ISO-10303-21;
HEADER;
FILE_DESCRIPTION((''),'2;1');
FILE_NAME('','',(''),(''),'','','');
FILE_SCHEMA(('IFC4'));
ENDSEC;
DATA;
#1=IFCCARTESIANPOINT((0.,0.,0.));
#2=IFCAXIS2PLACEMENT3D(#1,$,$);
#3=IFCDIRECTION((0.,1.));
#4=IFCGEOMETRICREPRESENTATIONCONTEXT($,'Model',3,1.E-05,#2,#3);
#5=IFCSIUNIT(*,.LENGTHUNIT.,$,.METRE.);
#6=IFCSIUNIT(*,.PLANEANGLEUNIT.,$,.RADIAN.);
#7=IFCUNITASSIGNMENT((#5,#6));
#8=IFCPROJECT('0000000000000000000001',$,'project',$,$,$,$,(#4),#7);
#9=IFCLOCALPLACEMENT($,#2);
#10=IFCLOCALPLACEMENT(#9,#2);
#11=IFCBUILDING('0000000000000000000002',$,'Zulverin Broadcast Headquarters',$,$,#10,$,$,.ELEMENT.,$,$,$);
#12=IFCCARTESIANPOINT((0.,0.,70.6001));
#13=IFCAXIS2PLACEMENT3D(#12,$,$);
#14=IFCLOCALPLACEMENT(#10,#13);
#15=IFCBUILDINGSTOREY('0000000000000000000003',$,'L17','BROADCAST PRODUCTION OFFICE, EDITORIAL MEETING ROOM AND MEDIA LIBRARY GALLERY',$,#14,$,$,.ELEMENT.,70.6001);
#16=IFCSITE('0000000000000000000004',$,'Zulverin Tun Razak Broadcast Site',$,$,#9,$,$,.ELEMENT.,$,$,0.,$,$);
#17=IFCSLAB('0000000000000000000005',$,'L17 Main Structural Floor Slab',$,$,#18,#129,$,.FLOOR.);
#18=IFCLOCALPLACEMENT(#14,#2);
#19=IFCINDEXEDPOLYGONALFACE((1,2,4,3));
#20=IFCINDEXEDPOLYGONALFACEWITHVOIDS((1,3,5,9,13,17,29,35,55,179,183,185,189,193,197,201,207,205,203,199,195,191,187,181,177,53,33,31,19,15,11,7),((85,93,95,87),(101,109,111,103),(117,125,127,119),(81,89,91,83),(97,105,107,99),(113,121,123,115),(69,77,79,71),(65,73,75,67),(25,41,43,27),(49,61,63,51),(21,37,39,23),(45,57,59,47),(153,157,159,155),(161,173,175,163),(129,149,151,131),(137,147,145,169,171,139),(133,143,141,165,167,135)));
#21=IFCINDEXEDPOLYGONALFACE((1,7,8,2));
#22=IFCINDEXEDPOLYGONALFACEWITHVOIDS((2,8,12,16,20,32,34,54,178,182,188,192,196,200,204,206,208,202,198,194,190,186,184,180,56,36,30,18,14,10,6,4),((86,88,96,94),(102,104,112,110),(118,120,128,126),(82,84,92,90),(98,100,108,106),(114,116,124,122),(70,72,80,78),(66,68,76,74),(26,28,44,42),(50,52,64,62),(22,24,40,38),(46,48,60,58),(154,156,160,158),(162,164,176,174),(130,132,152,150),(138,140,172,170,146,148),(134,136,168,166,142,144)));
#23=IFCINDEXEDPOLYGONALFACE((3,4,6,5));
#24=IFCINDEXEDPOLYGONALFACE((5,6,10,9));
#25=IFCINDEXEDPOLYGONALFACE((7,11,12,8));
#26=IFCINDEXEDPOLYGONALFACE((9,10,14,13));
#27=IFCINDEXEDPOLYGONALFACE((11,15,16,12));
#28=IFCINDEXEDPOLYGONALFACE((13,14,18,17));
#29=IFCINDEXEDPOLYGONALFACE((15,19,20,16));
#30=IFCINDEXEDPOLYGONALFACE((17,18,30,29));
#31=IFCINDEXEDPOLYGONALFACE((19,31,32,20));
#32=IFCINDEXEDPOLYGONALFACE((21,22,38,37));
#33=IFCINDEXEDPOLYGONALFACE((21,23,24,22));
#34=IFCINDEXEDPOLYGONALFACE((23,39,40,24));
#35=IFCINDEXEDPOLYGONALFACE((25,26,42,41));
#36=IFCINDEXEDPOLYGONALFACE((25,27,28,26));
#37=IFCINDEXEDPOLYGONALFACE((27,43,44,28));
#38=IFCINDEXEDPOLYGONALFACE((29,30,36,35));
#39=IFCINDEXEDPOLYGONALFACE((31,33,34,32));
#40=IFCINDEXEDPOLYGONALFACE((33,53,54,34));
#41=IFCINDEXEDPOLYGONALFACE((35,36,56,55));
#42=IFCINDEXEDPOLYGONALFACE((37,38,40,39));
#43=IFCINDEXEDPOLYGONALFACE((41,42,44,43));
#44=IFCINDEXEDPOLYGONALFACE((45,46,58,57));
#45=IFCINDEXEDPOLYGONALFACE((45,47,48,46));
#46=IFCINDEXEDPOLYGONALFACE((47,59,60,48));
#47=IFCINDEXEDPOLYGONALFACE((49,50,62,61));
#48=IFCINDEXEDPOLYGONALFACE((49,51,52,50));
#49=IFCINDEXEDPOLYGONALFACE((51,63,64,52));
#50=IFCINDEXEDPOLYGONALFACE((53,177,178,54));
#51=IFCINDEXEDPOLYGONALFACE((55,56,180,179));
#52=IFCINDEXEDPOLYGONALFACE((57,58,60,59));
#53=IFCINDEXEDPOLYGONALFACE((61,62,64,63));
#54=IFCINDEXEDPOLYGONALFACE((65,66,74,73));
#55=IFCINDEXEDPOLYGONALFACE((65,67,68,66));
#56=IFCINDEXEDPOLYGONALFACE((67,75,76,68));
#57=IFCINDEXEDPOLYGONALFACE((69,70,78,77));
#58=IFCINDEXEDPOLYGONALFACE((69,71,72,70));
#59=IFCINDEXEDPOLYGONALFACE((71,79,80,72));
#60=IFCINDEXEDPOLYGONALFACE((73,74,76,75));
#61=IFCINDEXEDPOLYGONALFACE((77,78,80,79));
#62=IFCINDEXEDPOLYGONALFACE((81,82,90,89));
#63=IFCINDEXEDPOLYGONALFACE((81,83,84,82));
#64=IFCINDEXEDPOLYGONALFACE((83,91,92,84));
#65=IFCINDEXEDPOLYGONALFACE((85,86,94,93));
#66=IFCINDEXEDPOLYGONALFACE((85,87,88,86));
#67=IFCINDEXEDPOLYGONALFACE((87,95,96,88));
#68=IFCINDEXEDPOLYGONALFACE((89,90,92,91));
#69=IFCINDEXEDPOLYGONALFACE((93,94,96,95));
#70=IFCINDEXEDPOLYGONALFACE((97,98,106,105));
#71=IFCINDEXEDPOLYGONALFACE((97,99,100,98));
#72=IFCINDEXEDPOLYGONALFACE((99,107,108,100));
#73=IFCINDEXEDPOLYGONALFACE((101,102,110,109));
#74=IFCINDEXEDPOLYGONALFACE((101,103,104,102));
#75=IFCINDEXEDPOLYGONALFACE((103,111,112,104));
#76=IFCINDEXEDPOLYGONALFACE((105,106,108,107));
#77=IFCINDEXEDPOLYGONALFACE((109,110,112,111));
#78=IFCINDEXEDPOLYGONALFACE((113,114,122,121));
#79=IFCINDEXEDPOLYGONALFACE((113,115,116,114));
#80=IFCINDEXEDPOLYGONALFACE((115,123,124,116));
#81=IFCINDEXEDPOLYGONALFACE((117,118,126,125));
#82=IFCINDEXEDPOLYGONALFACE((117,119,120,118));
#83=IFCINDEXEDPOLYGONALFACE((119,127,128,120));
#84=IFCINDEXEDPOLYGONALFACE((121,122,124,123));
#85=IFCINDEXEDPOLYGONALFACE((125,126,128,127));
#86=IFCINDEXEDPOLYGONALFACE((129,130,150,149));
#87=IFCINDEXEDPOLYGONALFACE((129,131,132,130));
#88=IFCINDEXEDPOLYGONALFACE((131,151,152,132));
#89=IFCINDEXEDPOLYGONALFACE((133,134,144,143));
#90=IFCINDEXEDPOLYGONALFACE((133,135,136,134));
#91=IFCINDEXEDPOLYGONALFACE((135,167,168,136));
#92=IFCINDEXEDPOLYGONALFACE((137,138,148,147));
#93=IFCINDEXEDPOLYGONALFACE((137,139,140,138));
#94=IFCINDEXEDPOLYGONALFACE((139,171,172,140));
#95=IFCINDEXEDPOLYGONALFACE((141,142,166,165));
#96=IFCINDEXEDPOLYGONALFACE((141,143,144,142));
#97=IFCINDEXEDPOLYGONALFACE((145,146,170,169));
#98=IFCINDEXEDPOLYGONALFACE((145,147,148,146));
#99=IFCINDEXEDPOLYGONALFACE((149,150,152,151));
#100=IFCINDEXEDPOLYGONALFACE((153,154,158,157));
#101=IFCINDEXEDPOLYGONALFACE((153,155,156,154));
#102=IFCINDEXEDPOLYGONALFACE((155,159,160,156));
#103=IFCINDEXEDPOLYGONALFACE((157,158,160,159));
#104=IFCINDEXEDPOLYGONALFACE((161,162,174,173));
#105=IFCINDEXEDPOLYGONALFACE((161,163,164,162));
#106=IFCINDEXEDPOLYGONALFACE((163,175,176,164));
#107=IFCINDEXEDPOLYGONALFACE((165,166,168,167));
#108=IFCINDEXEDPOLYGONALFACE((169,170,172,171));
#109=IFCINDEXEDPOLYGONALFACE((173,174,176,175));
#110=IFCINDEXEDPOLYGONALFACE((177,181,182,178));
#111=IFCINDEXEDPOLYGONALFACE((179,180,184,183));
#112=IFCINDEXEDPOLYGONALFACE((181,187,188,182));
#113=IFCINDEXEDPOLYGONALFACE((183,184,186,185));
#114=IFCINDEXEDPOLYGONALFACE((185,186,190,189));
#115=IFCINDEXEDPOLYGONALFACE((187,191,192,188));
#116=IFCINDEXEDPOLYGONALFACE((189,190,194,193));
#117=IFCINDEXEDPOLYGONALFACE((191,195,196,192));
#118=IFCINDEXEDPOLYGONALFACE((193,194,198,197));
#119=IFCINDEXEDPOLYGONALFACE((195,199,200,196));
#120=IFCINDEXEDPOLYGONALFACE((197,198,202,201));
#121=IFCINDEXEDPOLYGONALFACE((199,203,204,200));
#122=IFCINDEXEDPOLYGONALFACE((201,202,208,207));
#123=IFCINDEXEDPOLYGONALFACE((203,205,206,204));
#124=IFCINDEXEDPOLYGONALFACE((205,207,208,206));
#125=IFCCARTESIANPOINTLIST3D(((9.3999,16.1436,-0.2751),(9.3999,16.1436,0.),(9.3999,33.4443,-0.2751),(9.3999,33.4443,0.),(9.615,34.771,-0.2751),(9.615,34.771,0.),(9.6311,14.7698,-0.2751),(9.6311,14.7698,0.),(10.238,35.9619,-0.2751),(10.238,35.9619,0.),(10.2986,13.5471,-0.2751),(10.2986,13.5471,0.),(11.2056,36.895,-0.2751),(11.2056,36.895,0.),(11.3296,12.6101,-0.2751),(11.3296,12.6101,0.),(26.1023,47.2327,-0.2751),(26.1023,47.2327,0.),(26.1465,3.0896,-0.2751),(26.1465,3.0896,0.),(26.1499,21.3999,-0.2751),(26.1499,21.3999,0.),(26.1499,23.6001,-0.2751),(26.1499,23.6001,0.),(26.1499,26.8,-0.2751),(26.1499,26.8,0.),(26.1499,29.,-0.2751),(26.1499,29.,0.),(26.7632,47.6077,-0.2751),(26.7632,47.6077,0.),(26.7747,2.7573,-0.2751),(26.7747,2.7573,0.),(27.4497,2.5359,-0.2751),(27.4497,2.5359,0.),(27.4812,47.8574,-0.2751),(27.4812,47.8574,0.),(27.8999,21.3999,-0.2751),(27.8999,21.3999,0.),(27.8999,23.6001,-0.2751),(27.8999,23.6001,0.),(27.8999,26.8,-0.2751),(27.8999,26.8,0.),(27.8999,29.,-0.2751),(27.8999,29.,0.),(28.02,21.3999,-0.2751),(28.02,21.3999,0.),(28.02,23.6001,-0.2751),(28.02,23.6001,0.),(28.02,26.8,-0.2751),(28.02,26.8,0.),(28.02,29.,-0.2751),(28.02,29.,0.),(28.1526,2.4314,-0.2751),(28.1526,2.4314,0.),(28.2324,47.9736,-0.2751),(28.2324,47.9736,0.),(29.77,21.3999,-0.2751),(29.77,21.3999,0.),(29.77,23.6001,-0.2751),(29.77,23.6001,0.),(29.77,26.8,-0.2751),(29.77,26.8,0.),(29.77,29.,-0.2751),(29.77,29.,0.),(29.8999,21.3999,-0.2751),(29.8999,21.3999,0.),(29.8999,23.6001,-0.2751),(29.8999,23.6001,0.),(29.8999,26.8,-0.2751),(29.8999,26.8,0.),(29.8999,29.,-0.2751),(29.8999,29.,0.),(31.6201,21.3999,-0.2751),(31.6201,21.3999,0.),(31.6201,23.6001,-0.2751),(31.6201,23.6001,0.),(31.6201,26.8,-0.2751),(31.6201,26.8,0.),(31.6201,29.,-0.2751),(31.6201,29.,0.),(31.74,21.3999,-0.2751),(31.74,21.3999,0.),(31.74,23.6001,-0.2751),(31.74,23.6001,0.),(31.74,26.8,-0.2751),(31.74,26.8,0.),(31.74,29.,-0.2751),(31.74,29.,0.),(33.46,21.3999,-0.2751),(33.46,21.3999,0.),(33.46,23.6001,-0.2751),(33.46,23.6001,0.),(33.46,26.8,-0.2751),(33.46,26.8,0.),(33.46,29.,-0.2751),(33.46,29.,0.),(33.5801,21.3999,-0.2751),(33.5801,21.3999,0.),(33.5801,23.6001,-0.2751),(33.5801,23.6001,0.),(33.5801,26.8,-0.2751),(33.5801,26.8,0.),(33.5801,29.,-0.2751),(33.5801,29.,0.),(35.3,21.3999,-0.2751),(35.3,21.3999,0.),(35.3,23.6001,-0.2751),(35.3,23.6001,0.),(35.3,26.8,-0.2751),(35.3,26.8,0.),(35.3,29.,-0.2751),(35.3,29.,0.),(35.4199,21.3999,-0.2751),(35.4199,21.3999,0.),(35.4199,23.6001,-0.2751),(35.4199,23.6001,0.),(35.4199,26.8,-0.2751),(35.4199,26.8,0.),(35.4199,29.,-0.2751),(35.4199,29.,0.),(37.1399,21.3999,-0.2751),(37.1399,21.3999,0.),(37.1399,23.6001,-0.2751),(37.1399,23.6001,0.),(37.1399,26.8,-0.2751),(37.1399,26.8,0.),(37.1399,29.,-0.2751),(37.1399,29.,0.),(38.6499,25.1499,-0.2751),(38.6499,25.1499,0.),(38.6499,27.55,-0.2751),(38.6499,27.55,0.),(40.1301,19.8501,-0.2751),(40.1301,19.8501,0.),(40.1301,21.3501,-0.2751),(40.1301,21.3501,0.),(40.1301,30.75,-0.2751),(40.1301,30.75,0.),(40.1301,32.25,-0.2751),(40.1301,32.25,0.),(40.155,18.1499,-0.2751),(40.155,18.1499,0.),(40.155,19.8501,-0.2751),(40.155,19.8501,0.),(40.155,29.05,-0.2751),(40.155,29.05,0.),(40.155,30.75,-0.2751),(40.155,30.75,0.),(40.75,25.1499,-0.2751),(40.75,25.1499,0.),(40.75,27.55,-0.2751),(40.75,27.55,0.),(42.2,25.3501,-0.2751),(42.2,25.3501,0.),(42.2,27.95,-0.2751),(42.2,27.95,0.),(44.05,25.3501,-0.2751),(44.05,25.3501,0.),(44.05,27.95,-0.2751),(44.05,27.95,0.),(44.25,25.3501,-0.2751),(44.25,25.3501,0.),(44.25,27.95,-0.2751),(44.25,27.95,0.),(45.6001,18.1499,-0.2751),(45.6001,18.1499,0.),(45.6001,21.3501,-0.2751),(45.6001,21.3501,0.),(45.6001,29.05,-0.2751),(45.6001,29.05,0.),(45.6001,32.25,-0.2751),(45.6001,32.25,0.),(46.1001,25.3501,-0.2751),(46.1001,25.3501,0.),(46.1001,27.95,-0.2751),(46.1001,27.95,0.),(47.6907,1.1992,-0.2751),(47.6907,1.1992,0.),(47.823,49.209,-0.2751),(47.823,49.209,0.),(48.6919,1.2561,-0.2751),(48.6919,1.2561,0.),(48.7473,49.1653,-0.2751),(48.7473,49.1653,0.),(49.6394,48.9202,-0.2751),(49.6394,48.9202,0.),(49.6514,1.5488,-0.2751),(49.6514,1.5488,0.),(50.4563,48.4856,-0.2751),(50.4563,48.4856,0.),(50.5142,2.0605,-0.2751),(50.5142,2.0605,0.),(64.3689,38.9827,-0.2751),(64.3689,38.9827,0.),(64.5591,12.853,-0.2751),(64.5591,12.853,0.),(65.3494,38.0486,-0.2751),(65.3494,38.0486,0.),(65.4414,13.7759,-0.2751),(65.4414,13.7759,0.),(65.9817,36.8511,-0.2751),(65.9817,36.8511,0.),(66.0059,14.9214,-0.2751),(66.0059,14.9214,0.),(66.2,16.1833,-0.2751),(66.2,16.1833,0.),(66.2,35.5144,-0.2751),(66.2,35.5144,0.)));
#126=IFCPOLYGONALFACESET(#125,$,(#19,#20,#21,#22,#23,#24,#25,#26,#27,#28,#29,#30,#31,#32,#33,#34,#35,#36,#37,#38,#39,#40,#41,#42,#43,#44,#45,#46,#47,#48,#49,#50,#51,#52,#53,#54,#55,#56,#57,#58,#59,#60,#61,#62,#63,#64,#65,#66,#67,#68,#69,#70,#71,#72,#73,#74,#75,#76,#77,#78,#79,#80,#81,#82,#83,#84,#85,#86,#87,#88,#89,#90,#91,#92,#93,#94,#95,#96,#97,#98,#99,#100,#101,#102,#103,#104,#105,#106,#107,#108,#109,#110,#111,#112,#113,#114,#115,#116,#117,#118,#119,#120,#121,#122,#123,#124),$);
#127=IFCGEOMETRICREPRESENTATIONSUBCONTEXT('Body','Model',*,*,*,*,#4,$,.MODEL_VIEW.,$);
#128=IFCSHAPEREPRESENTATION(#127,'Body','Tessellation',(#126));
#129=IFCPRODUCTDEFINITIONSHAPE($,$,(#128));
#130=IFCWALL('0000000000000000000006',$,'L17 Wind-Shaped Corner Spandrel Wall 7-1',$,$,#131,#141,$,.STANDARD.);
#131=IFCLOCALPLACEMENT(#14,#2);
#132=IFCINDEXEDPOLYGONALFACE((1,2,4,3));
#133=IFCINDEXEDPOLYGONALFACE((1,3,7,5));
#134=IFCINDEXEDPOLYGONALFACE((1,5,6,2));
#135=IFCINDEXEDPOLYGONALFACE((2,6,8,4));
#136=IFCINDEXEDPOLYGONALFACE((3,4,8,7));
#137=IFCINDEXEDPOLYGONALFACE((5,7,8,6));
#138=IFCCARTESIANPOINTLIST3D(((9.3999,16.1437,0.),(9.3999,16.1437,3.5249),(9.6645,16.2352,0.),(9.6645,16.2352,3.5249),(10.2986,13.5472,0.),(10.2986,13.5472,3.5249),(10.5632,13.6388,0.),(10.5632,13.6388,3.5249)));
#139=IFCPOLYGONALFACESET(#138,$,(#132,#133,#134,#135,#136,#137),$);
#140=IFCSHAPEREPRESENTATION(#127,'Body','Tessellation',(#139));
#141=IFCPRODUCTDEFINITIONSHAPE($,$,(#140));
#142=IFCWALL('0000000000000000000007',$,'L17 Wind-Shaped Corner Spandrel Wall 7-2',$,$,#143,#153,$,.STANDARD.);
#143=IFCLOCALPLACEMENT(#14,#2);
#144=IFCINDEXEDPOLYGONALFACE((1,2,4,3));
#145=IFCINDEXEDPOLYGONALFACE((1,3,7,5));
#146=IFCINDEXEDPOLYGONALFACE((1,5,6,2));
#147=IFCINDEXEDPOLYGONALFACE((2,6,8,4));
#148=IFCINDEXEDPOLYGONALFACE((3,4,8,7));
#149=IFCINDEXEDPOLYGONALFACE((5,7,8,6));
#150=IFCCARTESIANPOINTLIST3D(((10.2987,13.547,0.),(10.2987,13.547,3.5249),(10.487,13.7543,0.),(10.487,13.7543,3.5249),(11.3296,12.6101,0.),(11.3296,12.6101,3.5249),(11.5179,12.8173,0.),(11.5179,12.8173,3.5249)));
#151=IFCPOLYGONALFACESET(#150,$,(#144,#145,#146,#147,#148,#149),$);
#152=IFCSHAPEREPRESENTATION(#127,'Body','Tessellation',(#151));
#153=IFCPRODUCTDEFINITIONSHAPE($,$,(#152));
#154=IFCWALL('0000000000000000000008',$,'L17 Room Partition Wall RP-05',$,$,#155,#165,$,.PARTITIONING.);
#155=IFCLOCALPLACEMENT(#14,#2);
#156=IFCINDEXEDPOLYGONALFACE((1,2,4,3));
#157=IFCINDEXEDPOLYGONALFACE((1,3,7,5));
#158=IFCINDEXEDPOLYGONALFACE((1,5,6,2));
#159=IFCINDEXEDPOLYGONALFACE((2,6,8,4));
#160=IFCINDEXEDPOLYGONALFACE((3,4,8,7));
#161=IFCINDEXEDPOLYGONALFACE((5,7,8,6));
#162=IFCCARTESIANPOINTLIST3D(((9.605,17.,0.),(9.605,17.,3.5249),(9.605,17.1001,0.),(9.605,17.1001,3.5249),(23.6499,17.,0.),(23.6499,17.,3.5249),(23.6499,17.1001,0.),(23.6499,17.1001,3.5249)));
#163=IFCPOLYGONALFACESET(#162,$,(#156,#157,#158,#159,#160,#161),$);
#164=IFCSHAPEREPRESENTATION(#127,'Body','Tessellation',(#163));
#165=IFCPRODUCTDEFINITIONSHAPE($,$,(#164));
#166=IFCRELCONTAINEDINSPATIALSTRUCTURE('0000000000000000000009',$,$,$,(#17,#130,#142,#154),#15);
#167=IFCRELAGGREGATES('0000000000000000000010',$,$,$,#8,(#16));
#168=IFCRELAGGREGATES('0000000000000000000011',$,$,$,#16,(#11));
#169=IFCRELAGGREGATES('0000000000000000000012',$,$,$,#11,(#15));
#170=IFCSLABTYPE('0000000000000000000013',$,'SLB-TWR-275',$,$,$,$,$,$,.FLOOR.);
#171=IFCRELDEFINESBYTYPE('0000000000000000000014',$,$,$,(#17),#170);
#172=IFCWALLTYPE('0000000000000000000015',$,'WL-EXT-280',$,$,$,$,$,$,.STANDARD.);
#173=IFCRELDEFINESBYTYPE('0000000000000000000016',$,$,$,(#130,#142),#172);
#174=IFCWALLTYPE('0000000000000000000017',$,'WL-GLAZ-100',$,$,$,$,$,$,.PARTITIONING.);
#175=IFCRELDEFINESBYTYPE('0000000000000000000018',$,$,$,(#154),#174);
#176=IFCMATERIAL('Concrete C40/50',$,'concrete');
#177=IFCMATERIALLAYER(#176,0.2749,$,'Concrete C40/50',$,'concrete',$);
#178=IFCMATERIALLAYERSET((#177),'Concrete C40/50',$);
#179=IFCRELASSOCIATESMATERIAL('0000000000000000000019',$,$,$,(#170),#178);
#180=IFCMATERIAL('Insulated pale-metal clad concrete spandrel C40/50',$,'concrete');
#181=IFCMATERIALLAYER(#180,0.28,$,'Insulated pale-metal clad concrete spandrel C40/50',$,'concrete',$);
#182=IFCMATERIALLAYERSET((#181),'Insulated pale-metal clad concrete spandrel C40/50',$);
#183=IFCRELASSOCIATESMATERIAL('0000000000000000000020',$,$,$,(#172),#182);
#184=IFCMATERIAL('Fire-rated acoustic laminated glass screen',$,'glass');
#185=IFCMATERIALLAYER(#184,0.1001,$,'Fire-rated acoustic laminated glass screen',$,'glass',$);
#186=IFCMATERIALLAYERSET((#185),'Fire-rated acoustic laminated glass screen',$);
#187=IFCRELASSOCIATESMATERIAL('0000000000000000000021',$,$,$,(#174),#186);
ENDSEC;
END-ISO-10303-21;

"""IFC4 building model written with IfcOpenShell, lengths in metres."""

from ifc_helpers import new_model, si_unit, direction, frame, frame_2d, origin, place, context, subcontext, project, spatial, polyline, rectangle, outline, extrude, material, layer, layer_set, type_object, element, save


model = new_model("IFC4")

# Units and contexts
model_context = context("Model", 3, precision=1e-05, world=origin(), true_north=direction((0.0, 1.0)))
body_context = subcontext(model_context, "Body", "Model", "MODEL_VIEW")
ifc_project = project(units=[si_unit("LENGTHUNIT", "METRE"), si_unit("PLANEANGLEUNIT", "RADIAN")], contexts=[model_context])

# Site, building, storey
site_placement = place(None, origin())
site = spatial("IfcSite", under=ifc_project, at=site_placement, Name="Zulverin Tun Razak Broadcast Site", CompositionType="ELEMENT", RefElevation=0.0)
building_placement = place(site_placement, origin())
building = spatial("IfcBuilding", under=site, at=building_placement, Name="Zulverin Broadcast Headquarters", CompositionType="ELEMENT")
storey_placement = place(building_placement, frame((0.0, 0.0, 70.6001)))
storey = spatial("IfcBuildingStorey", under=building, at=storey_placement, Name="L17", Description="BROADCAST PRODUCTION OFFICE, EDITORIAL MEETING ROOM AND MEDIA LIBRARY GALLERY", CompositionType="ELEMENT", Elevation=70.6001)

# Shared definitions
ifc_material_1 = material(Name="Concrete C40/50", Category="concrete")

# Slab
ifc_layer_1 = layer(ifc_material_1, 0.2749, Name="Concrete C40/50", Category="concrete")
ifc_layer_set_1 = layer_set([ifc_layer_1], Name="Concrete C40/50")
slab_type_1 = type_object("IfcSlabType", Name="SLB-TWR-275", PredefinedType="FLOOR", material=ifc_layer_set_1)
slab_1_placement = place(storey_placement, frame((0.0, 0.0, -0.2751)))
element("IfcSlab", 1, at=slab_1_placement, inside=storey, type_object=slab_type_1, Name="L17 Main Structural Floor Slab", PredefinedType="FLOOR", context=body_context, shape_type="SweptSolid", body=[
    extrude(outline(polyline([(26.1465, 3.0896), (26.7747, 2.7573), (27.4497, 2.5359), (28.1526, 2.4314), (47.6907, 1.1992), (48.6919, 1.2561), (49.6514, 1.5488), (50.5142, 2.0605), (64.5591, 12.853), (65.4414, 13.7759), (66.0059, 14.9214), (66.2, 16.1833), (66.2, 35.5144), (65.9817, 36.8511), (65.3494, 38.0486), (64.3689, 38.9827), (50.4563, 48.4856), (49.6394, 48.9202), (48.7473, 49.1653), (47.823, 49.209), (28.2324, 47.9736), (27.4812, 47.8574), (26.7632, 47.6077), (26.1023, 47.2327), (11.2056, 36.895), (10.238, 35.9619), (9.615, 34.771), (9.3999, 33.4443), (9.3999, 16.1436), (9.6311, 14.7698), (10.2986, 13.5471), (11.3296, 12.6101), (26.1465, 3.0896)]), holes=[polyline([(40.155, 30.75), (40.1301, 30.75), (40.1301, 32.25), (45.6001, 32.25), (45.6001, 29.05), (40.155, 29.05), (40.155, 30.75)]), polyline([(40.155, 19.8501), (40.1301, 19.8501), (40.1301, 21.3501), (45.6001, 21.3501), (45.6001, 18.1499), (40.155, 18.1499), (40.155, 19.8501)]), polyline([(26.1499, 26.8), (27.8999, 26.8), (27.8999, 29.0), (26.1499, 29.0), (26.1499, 26.8)]), polyline([(28.02, 26.8), (29.77, 26.8), (29.77, 29.0), (28.02, 29.0), (28.02, 26.8)]), polyline([(26.1499, 21.3999), (27.8999, 21.3999), (27.8999, 23.6001), (26.1499, 23.6001), (26.1499, 21.3999)]), polyline([(28.02, 21.3999), (29.77, 21.3999), (29.77, 23.6001), (28.02, 23.6001), (28.02, 21.3999)]), polyline([(29.8999, 21.3999), (31.6201, 21.3999), (31.6201, 23.6001), (29.8999, 23.6001), (29.8999, 21.3999)]), polyline([(31.74, 21.3999), (33.46, 21.3999), (33.46, 23.6001), (31.74, 23.6001), (31.74, 21.3999)]), polyline([(33.5801, 21.3999), (35.3, 21.3999), (35.3, 23.6001), (33.5801, 23.6001), (33.5801, 21.3999)]), polyline([(35.4199, 21.3999), (37.1399, 21.3999), (37.1399, 23.6001), (35.4199, 23.6001), (35.4199, 21.3999)]), polyline([(29.8999, 26.8), (31.6201, 26.8), (31.6201, 29.0), (29.8999, 29.0), (29.8999, 26.8)]), polyline([(31.74, 26.8), (33.46, 26.8), (33.46, 29.0), (31.74, 29.0), (31.74, 26.8)]), polyline([(33.5801, 26.8), (35.3, 26.8), (35.3, 29.0), (33.5801, 29.0), (33.5801, 26.8)]), polyline([(35.4199, 26.8), (37.1399, 26.8), (37.1399, 29.0), (35.4199, 29.0), (35.4199, 26.8)]), polyline([(42.2, 25.3501), (44.05, 25.3501), (44.05, 27.95), (42.2, 27.95), (42.2, 25.3501)]), polyline([(44.25, 25.3501), (46.1001, 25.3501), (46.1001, 27.95), (44.25, 27.95), (44.25, 25.3501)]), polyline([(38.6499, 25.1499), (40.75, 25.1499), (40.75, 27.55), (38.6499, 27.55), (38.6499, 25.1499)])]), origin(), (0.0, 0.0, 1.0), 0.2751),
])

# Walls
ifc_material_2 = material(Name="Insulated pale-metal clad concrete spandrel C40/50", Category="concrete")
ifc_layer_2 = layer(ifc_material_2, 0.28, Name="Insulated pale-metal clad concrete spandrel C40/50", Category="concrete")
ifc_layer_set_2 = layer_set([ifc_layer_2], Name="Insulated pale-metal clad concrete spandrel C40/50")
wall_type_1 = type_object("IfcWallType", Name="WL-EXT-280", PredefinedType="STANDARD", material=ifc_layer_set_2)
wall_1_placement = place(storey_placement, frame((9.5322, 16.1895, 0.0), z_axis=(0.0, 0.0, 1.0), x_axis=(0.327083, -0.944996, 0.0)))
element("IfcWall", 2, at=wall_1_placement, inside=storey, type_object=wall_type_1, Name="L17 Wind-Shaped Corner Spandrel Wall 7-1", PredefinedType="STANDARD", context=body_context, shape_type="SweptSolid", body=[
    extrude(rectangle(XDim=2.7476, YDim=0.28, at=frame_2d((1.3738, 0.0))), origin(), (0.0, 0.0, 1.0), 3.5249),
])
wall_2_placement = place(storey_placement, frame((10.3928, 13.6506, 0.0), z_axis=(0.0, 0.0, 1.0), x_axis=(0.740035, -0.672568, 0.0)))
element("IfcWall", 3, at=wall_2_placement, inside=storey, type_object=wall_type_1, Name="L17 Wind-Shaped Corner Spandrel Wall 7-2", PredefinedType="STANDARD", context=body_context, shape_type="SweptSolid", body=[
    extrude(rectangle(XDim=1.3931, YDim=0.28, at=frame_2d((0.6965, 0.0))), origin(), (0.0, 0.0, 1.0), 3.5249),
])
ifc_material_3 = material(Name="Fire-rated acoustic laminated glass screen", Category="glass")
ifc_layer_3 = layer(ifc_material_3, 0.1001, Name="Fire-rated acoustic laminated glass screen", Category="glass")
ifc_layer_set_3 = layer_set([ifc_layer_3], Name="Fire-rated acoustic laminated glass screen")
wall_type_2 = type_object("IfcWallType", Name="WL-GLAZ-100", PredefinedType="PARTITIONING", material=ifc_layer_set_3)
wall_3_placement = place(storey_placement, frame((9.605, 17.05, 0.0), z_axis=(0.0, 0.0, 1.0), x_axis=(1.0, 0.0, 0.0)))
element("IfcWall", 4, at=wall_3_placement, inside=storey, type_object=wall_type_2, Name="L17 Room Partition Wall RP-05", PredefinedType="PARTITIONING", context=body_context, shape_type="SweptSolid", body=[
    extrude(rectangle(XDim=14.0449, YDim=0.1001, at=frame_2d((7.0225, 0.0))), origin(), (0.0, 0.0, 1.0), 3.5249),
])

save(model, "model.ifc")
